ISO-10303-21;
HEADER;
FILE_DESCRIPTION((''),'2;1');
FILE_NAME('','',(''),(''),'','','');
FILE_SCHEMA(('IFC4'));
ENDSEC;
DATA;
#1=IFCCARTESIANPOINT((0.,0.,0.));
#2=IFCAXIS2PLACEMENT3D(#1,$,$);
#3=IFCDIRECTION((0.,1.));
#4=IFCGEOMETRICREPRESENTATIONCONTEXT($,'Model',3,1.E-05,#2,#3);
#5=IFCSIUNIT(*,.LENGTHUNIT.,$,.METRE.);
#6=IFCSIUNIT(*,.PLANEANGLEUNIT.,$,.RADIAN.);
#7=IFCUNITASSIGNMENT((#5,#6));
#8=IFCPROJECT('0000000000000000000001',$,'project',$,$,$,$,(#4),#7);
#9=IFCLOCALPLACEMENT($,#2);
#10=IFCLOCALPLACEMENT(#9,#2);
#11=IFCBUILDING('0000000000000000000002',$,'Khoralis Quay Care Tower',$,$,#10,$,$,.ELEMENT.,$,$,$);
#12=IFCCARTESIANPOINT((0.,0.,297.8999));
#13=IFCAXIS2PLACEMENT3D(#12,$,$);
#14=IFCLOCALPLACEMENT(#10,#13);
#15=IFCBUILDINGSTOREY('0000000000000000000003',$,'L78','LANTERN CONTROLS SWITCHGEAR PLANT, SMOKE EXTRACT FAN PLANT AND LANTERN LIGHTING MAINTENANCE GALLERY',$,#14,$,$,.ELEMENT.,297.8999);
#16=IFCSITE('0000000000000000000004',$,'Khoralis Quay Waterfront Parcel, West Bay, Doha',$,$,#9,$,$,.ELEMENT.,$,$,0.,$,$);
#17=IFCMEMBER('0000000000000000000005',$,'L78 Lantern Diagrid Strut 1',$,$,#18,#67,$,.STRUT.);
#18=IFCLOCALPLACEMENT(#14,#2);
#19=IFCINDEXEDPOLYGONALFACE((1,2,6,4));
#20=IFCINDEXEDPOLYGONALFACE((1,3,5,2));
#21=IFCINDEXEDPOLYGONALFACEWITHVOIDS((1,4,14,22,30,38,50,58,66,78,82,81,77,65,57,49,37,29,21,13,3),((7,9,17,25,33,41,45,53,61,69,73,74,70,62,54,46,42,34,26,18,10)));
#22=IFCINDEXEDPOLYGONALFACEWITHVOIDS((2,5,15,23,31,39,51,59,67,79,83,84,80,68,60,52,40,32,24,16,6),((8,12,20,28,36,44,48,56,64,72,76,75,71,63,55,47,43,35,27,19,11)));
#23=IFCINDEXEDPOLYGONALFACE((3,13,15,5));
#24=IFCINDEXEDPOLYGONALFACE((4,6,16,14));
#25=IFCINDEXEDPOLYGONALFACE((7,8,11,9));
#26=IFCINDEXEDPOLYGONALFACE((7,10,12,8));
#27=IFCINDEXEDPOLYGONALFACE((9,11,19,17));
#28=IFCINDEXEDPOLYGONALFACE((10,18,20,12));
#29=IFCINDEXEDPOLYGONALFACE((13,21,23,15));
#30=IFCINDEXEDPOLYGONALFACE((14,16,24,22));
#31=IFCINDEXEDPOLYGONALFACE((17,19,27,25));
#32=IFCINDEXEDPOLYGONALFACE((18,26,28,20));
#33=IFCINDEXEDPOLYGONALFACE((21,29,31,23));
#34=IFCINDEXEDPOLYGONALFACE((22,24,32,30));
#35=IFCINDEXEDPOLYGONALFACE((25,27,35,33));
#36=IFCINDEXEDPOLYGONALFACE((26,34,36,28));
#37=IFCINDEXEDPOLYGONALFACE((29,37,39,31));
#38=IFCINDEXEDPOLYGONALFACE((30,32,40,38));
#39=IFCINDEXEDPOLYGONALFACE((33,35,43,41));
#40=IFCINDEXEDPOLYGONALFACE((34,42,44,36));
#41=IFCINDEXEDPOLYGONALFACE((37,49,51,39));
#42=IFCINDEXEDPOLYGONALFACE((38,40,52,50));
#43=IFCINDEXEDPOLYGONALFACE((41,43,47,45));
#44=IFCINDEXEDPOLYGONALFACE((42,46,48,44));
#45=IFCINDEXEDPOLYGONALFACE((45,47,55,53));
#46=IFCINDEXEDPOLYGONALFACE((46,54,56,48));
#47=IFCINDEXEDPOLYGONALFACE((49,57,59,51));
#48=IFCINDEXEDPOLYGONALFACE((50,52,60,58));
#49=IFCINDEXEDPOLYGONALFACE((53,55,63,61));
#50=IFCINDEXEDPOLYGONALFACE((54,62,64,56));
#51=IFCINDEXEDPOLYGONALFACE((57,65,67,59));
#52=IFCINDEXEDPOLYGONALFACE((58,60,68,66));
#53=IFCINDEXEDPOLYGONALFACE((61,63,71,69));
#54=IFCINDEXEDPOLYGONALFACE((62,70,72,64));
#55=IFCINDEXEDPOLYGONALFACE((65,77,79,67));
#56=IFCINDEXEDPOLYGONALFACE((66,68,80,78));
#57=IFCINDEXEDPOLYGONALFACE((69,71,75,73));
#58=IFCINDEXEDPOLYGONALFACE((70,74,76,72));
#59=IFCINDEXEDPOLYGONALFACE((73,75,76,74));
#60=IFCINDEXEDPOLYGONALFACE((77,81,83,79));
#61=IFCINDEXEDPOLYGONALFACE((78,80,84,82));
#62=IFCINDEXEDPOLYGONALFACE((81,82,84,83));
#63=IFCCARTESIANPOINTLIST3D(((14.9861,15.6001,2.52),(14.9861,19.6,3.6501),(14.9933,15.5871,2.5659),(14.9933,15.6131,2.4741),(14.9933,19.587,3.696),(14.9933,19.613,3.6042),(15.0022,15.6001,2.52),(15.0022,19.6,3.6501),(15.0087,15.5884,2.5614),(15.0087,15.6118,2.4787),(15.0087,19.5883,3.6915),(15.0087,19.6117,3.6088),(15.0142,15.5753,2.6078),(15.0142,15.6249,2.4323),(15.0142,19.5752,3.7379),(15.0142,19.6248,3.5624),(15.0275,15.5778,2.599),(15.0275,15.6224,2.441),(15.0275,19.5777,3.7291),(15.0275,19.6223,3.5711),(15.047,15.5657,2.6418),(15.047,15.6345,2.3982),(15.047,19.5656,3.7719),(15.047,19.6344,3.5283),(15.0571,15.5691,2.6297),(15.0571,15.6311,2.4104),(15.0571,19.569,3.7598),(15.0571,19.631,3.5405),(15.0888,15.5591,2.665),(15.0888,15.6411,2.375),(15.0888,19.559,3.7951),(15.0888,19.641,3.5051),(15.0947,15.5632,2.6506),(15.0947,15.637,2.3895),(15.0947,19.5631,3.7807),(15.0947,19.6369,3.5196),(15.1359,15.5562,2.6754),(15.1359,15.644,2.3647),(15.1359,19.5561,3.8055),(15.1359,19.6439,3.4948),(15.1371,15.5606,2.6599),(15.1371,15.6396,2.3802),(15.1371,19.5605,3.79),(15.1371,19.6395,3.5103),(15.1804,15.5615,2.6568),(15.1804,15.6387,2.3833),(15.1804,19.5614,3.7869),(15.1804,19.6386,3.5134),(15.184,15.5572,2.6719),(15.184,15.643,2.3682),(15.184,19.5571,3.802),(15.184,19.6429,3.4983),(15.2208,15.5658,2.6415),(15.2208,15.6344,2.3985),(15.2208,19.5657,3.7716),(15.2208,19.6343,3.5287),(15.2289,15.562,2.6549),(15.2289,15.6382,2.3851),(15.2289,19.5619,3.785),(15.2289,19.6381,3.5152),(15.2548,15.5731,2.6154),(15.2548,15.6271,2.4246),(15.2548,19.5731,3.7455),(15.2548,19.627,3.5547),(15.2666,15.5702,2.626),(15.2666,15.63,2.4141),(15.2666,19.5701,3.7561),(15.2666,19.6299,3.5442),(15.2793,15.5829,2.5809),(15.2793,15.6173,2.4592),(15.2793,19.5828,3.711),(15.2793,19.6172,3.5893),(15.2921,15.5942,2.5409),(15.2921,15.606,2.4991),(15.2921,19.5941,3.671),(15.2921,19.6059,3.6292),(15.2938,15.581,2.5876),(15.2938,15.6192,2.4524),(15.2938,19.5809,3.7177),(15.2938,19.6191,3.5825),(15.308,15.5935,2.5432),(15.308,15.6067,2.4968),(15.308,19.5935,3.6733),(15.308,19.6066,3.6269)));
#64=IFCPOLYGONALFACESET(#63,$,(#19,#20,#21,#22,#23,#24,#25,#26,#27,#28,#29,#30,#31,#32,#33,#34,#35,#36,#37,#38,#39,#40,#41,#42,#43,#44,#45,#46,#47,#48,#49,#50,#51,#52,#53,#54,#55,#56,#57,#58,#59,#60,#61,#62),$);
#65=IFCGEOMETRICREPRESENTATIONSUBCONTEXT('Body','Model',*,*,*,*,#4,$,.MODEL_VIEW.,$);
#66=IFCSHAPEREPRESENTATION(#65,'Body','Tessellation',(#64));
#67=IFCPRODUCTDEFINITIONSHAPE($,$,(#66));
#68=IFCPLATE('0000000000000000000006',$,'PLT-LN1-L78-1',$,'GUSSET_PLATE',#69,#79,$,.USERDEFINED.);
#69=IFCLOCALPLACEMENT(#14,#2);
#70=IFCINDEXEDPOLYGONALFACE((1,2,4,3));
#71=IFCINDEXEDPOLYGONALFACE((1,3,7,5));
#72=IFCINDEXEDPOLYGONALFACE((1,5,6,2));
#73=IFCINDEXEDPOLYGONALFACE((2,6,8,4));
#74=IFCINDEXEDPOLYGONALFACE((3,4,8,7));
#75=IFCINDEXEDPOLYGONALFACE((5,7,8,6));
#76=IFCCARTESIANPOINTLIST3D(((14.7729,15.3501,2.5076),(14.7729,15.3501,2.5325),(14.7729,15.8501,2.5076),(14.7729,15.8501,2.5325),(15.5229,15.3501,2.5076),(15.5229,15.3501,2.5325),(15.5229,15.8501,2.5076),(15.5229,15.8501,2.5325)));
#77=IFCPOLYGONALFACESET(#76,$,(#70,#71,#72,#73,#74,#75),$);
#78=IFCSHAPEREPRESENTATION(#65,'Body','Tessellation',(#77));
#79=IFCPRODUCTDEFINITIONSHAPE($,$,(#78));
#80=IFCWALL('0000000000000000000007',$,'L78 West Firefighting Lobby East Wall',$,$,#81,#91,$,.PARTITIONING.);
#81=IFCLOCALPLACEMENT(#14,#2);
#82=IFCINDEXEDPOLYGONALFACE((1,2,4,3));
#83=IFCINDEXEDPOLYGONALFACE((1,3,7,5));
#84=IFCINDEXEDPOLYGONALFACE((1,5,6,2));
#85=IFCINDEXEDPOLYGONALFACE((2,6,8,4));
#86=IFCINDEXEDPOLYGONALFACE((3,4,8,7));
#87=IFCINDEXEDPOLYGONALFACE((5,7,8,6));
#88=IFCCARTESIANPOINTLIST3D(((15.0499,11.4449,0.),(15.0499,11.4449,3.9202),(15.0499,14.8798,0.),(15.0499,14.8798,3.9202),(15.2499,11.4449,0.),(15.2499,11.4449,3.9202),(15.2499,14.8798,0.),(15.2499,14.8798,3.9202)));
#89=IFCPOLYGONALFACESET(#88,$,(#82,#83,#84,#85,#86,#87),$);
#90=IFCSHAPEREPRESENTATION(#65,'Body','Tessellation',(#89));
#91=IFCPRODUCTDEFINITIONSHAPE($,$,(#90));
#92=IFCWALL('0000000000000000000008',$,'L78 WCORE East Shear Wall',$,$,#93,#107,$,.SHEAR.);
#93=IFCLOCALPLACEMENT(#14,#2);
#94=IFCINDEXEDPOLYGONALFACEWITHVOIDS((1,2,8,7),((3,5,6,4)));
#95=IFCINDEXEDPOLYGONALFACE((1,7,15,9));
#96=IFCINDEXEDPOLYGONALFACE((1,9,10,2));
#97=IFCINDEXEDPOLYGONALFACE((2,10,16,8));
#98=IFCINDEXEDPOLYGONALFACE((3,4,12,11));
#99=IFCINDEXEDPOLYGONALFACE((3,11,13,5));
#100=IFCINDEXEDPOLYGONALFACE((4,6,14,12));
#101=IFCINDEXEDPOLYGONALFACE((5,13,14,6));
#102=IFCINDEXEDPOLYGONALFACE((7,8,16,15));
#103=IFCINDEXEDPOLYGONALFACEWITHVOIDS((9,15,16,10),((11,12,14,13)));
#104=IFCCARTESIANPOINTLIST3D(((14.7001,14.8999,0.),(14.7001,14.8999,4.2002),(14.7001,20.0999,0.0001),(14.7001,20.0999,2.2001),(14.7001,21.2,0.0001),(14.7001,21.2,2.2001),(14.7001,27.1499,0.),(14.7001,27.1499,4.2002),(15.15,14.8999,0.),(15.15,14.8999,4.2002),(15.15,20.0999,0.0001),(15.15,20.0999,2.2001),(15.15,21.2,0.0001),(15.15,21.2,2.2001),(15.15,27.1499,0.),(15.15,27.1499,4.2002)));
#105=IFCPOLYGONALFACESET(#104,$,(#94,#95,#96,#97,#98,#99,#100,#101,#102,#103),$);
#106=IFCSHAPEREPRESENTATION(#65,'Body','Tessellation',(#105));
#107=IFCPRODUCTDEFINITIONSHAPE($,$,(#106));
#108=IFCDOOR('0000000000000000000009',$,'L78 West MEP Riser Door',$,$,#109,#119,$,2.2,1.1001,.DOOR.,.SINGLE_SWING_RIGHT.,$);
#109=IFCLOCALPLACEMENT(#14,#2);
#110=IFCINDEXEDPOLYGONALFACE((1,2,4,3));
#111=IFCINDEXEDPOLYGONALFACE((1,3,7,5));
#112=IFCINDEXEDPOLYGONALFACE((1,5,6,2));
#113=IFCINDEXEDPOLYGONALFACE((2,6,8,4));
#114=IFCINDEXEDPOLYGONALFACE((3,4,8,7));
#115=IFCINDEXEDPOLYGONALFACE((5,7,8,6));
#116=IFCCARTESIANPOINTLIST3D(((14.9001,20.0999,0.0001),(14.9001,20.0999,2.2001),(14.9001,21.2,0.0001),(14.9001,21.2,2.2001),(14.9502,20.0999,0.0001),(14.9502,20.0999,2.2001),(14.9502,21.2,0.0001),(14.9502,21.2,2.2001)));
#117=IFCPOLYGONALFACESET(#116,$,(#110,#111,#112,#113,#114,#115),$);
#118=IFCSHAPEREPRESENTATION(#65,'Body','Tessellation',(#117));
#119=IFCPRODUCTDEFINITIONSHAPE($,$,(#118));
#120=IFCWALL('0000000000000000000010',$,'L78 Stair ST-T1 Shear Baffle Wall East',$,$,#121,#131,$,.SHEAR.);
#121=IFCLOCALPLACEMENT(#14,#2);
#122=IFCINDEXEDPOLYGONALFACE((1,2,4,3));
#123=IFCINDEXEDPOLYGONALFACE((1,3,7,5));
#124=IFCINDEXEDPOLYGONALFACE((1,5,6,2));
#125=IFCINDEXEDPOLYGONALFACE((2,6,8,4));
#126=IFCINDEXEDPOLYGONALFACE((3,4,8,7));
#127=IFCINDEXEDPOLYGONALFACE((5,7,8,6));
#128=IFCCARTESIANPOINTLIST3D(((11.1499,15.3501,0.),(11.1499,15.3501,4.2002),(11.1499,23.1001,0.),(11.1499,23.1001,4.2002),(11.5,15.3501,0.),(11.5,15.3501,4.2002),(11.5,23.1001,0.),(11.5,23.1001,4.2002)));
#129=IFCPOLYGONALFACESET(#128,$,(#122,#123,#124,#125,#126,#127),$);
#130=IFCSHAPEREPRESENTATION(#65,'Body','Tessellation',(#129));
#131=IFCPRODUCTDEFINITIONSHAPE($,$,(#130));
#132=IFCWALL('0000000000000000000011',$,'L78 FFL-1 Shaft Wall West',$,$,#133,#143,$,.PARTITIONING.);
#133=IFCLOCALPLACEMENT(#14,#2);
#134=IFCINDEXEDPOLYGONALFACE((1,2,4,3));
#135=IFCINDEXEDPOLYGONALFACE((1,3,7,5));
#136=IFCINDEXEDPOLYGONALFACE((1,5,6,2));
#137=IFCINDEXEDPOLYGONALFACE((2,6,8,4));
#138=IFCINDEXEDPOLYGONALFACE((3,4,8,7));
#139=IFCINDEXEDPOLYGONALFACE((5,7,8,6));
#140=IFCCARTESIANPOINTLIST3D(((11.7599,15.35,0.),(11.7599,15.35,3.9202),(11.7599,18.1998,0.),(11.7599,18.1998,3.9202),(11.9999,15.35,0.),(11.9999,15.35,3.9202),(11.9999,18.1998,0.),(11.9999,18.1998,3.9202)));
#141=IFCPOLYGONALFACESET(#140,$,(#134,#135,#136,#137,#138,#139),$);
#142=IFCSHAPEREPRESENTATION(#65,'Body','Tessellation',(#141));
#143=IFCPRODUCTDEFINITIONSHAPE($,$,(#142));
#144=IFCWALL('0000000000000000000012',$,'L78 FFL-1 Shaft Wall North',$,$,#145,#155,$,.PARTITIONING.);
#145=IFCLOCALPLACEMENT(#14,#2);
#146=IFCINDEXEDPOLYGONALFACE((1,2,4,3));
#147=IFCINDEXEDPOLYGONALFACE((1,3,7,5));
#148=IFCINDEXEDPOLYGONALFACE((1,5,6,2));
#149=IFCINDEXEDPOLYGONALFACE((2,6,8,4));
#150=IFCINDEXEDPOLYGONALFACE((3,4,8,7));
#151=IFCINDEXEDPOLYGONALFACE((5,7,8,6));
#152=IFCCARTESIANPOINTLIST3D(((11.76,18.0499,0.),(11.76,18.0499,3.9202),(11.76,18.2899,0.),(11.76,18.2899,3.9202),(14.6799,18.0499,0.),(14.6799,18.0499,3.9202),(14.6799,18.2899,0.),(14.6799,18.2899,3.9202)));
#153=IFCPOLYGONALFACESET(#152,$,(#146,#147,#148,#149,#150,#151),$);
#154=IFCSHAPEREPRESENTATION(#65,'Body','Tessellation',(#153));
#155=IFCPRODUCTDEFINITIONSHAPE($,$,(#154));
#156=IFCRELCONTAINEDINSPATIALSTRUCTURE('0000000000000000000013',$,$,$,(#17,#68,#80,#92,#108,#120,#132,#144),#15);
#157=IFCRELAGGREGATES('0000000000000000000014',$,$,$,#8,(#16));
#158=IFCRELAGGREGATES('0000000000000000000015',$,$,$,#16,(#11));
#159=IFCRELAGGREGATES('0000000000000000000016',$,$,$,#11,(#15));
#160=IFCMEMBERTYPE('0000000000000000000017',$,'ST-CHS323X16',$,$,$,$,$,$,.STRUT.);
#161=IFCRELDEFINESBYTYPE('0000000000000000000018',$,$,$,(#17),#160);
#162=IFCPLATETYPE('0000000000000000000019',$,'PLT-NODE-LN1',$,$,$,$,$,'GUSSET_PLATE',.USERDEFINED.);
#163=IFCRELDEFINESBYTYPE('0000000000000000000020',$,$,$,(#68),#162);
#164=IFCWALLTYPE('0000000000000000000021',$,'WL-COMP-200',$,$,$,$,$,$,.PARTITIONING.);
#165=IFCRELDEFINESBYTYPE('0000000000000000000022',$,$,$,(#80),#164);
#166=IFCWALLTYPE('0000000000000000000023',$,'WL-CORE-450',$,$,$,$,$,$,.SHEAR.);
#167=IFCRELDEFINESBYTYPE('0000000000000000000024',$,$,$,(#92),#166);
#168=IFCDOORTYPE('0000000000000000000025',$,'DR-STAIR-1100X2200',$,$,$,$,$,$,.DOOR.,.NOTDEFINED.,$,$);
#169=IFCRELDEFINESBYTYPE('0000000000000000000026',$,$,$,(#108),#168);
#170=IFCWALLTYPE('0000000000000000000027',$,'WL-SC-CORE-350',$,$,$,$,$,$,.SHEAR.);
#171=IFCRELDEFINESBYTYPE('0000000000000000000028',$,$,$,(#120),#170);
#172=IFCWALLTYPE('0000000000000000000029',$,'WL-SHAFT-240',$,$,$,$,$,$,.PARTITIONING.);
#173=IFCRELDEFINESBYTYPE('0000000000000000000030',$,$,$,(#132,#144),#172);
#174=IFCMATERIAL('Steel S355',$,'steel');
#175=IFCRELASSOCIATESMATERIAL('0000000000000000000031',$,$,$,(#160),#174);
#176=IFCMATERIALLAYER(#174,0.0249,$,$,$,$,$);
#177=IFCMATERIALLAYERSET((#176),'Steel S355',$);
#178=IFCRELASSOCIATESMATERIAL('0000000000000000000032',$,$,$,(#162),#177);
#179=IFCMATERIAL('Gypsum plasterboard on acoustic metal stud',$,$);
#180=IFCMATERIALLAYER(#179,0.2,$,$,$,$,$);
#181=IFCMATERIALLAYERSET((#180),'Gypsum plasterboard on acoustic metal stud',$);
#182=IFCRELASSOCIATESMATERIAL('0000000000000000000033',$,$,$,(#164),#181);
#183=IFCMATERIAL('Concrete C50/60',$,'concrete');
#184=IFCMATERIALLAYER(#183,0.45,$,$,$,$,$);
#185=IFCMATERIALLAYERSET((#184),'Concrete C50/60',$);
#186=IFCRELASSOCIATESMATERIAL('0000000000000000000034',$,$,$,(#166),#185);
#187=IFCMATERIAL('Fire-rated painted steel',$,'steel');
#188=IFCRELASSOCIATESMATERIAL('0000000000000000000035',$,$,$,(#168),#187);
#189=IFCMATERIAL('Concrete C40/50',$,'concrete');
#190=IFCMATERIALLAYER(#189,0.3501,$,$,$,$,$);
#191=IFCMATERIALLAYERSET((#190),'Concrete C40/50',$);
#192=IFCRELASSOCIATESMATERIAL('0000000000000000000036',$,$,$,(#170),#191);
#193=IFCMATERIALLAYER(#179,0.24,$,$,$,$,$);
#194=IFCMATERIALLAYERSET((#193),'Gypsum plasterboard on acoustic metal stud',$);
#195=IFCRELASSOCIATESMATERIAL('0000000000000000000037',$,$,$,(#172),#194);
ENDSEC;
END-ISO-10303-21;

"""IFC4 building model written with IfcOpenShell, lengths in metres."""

from ifc_helpers import new_model, si_unit, direction, frame, frame_2d, origin, origin_2d, place, context, subcontext, project, spatial, rectangle, hollow_circle, extrude, source, transform, mapped, material, layer, layer_set, material_profile, profile_set, type_object, element, fill, save


model = new_model("IFC4")

# Units and contexts
model_context = context("Model", 3, precision=1e-05, world=origin(), true_north=direction((0.0, 1.0)))
body_context = subcontext(model_context, "Body", "Model", "MODEL_VIEW")
ifc_project = project(units=[si_unit("LENGTHUNIT", "METRE"), si_unit("PLANEANGLEUNIT", "RADIAN")], contexts=[model_context])

# Site, building, storey
site_placement = place(None, origin())
site = spatial("IfcSite", under=ifc_project, at=site_placement, Name="Khoralis Quay Waterfront Parcel, West Bay, Doha", CompositionType="ELEMENT", RefElevation=0.0)
building_placement = place(site_placement, origin())
building = spatial("IfcBuilding", under=site, at=building_placement, Name="Khoralis Quay Care Tower", CompositionType="ELEMENT")
storey_placement = place(building_placement, frame((0.0, 0.0, 297.8999)))
storey = spatial("IfcBuildingStorey", under=building, at=storey_placement, Name="L78", Description="LANTERN CONTROLS SWITCHGEAR PLANT, SMOKE EXTRACT FAN PLANT AND LANTERN LIGHTING MAINTENANCE GALLERY", CompositionType="ELEMENT", Elevation=297.8999)

# Shared definitions
ifc_material_1 = material(Name="Concrete C50/60", Category="concrete")

# Shared definitions
ifc_material_2 = material(Name="Steel S355", Category="steel")

# Member
ifc_material_profile_1 = material_profile(ifc_material_2, hollow_circle(Radius=0.1619, WallThickness=0.0161, at=origin_2d()), Name="Steel S355")
ifc_profile_set_1 = profile_set([ifc_material_profile_1], Name="Steel S355")
member_type = type_object("IfcMemberType", Name="ST-CHS323X16", PredefinedType="STRUT", material=ifc_profile_set_1)
shared_shape_1 = source(origin(), body_context, "Body", "SweptSolid", [
    extrude(hollow_circle(Radius=0.1619, WallThickness=0.0161, at=origin_2d()), origin(), (0.0, 0.0, 1.0), 4.1565),
])
member_placement = place(storey_placement, frame((15.1479, 15.6001, 2.52), z_axis=(0.0, 0.962329, 0.271888), x_axis=(-1.0, 0.0, 0.0)))
element("IfcMember", 1, at=member_placement, inside=storey, type_object=member_type, Name="L78 Lantern Diagrid Strut 1", PredefinedType="STRUT", context=body_context, shape_type="MappedRepresentation", body=[
    mapped(shared_shape_1, transform((0.0, 0.0, 0.0), scale=1.0)),
])

# Plate
ifc_layer_1 = layer(ifc_material_2, 0.0249)
ifc_layer_set_1 = layer_set([ifc_layer_1], Name="Steel S355")
plate_type = type_object("IfcPlateType", Name="PLT-NODE-LN1", ElementType="GUSSET_PLATE", PredefinedType="USERDEFINED", material=ifc_layer_set_1)
shared_shape_2 = source(origin(), body_context, "Body", "SweptSolid", [
    extrude(rectangle(XDim=0.75, YDim=0.5, at=origin_2d()), origin(), (0.0, 0.0, 1.0), 0.0249),
])
plate_placement = place(storey_placement, frame((15.1479, 15.6001, 2.5076), z_axis=(0.0, 0.0, 1.0), x_axis=(1.0, 0.0, 0.0)))
element("IfcPlate", 2, at=plate_placement, inside=storey, type_object=plate_type, Name="PLT-LN1-L78-1", ObjectType="GUSSET_PLATE", PredefinedType="USERDEFINED", context=body_context, shape_type="MappedRepresentation", body=[
    mapped(shared_shape_2, transform((0.0, 0.0, 0.0), scale=1.0)),
])

# Wall
ifc_material_3 = material(Name="Gypsum plasterboard on acoustic metal stud")
ifc_layer_2 = layer(ifc_material_3, 0.2)
ifc_layer_set_2 = layer_set([ifc_layer_2], Name="Gypsum plasterboard on acoustic metal stud")
wall_type_1 = type_object("IfcWallType", Name="WL-COMP-200", PredefinedType="PARTITIONING", material=ifc_layer_set_2)
wall_1_placement = place(storey_placement, frame((15.1499, 11.4451, 0.0), z_axis=(0.0, 0.0, 1.0), x_axis=(0.0, 1.0, 0.0)))
element("IfcWall", 3, at=wall_1_placement, inside=storey, type_object=wall_type_1, Name="L78 West Firefighting Lobby East Wall", PredefinedType="PARTITIONING", context=body_context, shape_type="SweptSolid", body=[
    extrude(rectangle(XDim=3.4348, YDim=0.2, at=frame_2d((1.7173, 0.0))), origin(), (0.0, 0.0, 1.0), 3.9202),
])

# Wall, opening, door
ifc_layer_3 = layer(ifc_material_1, 0.45)
ifc_layer_set_3 = layer_set([ifc_layer_3], Name="Concrete C50/60")
wall_type_2 = type_object("IfcWallType", Name="WL-CORE-450", PredefinedType="SHEAR", material=ifc_layer_set_3)
wall_2_placement = place(storey_placement, frame((14.925, 14.8999, 0.0), z_axis=(0.0, 0.0, 1.0), x_axis=(0.0, 1.0, 0.0)))
wall_2 = element("IfcWall", 4, at=wall_2_placement, inside=storey, type_object=wall_type_2, Name="L78 WCORE East Shear Wall", PredefinedType="SHEAR", context=body_context, shape_type="SweptSolid", body=[
    extrude(rectangle(XDim=12.25, YDim=0.45, at=frame_2d((6.125, 0.0))), origin(), (0.0, 0.0, 1.0), 4.2002),
])
opening_placement = place(wall_2_placement, frame((5.2, 0.0, 0.0)))
opening = element("IfcOpeningElement", 5, at=opening_placement, cuts=wall_2, PredefinedType="OPENING", context=body_context, shape_type="SweptSolid", body=[
    extrude(rectangle(XDim=1.1001, YDim=2.2, at=frame_2d((0.55, 1.1001))), frame((0.0, 0.2349, 0.0), z_axis=(0.0, -1.0, 0.0), x_axis=(1.0, 0.0, 0.0)), (0.0, 0.0, 1.0), 0.47),
])
ifc_material_4 = material(Name="Fire-rated painted steel", Category="steel")
door_type = type_object("IfcDoorType", Name="DR-STAIR-1100X2200", OperationType="NOTDEFINED", PredefinedType="DOOR", material=ifc_material_4)
shared_shape_3 = source(origin(), body_context, "Body", "SweptSolid", [
    extrude(rectangle(XDim=1.1001, YDim=2.2, at=frame_2d((0.55, 1.1001))), frame((0.0, 0.0249, 0.0), z_axis=(0.0, -1.0, 0.0), x_axis=(1.0, 0.0, 0.0)), (0.0, 0.0, 1.0), 0.05),
])
door_placement = place(opening_placement, origin())
door = element("IfcDoor", 6, at=door_placement, inside=storey, type_object=door_type, Name="L78 West MEP Riser Door", OperationType="SINGLE_SWING_RIGHT", OverallHeight=2.2, OverallWidth=1.1001, PredefinedType="DOOR", context=body_context, shape_type="MappedRepresentation", body=[
    mapped(shared_shape_3, transform((0.0, 0.0, 0.0), scale=1.0)),
])
fill(opening, door)

# Walls
ifc_material_5 = material(Name="Concrete C40/50", Category="concrete")
ifc_layer_4 = layer(ifc_material_5, 0.3501)
ifc_layer_set_4 = layer_set([ifc_layer_4], Name="Concrete C40/50")
wall_type_3 = type_object("IfcWallType", Name="WL-SC-CORE-350", PredefinedType="SHEAR", material=ifc_layer_set_4)
wall_3_placement = place(storey_placement, frame((11.325, 15.3501, 0.0), z_axis=(0.0, 0.0, 1.0), x_axis=(0.0, 1.0, 0.0)))
element("IfcWall", 7, at=wall_3_placement, inside=storey, type_object=wall_type_3, Name="L78 Stair ST-T1 Shear Baffle Wall East", PredefinedType="SHEAR", context=body_context, shape_type="SweptSolid", body=[
    extrude(rectangle(XDim=7.75, YDim=0.3501, at=frame_2d((3.875, 0.0))), origin(), (0.0, 0.0, 1.0), 4.2002),
])
ifc_layer_5 = layer(ifc_material_3, 0.24)
ifc_layer_set_5 = layer_set([ifc_layer_5], Name="Gypsum plasterboard on acoustic metal stud")
wall_type_4 = type_object("IfcWallType", Name="WL-SHAFT-240", PredefinedType="PARTITIONING", material=ifc_layer_set_5)
wall_4_placement = place(storey_placement, frame((11.8799, 15.3501, 0.0), z_axis=(0.0, 0.0, 1.0), x_axis=(0.0, 1.0, 0.0)))
element("IfcWall", 8, at=wall_4_placement, inside=storey, type_object=wall_type_4, Name="L78 FFL-1 Shaft Wall West", PredefinedType="PARTITIONING", context=body_context, shape_type="SweptSolid", body=[
    extrude(rectangle(XDim=2.8499, YDim=0.24, at=frame_2d((1.4248, 0.0))), origin(), (0.0, 0.0, 1.0), 3.9202),
])
wall_5_placement = place(storey_placement, frame((11.76, 18.1699, 0.0), z_axis=(0.0, 0.0, 1.0), x_axis=(1.0, 0.0, 0.0)))
element("IfcWall", 9, at=wall_5_placement, inside=storey, type_object=wall_type_4, Name="L78 FFL-1 Shaft Wall North", PredefinedType="PARTITIONING", context=body_context, shape_type="SweptSolid", body=[
    extrude(rectangle(XDim=2.9199, YDim=0.24, at=frame_2d((1.46, 0.0))), origin(), (0.0, 0.0, 1.0), 3.9202),
])

save(model, "model.ifc")
